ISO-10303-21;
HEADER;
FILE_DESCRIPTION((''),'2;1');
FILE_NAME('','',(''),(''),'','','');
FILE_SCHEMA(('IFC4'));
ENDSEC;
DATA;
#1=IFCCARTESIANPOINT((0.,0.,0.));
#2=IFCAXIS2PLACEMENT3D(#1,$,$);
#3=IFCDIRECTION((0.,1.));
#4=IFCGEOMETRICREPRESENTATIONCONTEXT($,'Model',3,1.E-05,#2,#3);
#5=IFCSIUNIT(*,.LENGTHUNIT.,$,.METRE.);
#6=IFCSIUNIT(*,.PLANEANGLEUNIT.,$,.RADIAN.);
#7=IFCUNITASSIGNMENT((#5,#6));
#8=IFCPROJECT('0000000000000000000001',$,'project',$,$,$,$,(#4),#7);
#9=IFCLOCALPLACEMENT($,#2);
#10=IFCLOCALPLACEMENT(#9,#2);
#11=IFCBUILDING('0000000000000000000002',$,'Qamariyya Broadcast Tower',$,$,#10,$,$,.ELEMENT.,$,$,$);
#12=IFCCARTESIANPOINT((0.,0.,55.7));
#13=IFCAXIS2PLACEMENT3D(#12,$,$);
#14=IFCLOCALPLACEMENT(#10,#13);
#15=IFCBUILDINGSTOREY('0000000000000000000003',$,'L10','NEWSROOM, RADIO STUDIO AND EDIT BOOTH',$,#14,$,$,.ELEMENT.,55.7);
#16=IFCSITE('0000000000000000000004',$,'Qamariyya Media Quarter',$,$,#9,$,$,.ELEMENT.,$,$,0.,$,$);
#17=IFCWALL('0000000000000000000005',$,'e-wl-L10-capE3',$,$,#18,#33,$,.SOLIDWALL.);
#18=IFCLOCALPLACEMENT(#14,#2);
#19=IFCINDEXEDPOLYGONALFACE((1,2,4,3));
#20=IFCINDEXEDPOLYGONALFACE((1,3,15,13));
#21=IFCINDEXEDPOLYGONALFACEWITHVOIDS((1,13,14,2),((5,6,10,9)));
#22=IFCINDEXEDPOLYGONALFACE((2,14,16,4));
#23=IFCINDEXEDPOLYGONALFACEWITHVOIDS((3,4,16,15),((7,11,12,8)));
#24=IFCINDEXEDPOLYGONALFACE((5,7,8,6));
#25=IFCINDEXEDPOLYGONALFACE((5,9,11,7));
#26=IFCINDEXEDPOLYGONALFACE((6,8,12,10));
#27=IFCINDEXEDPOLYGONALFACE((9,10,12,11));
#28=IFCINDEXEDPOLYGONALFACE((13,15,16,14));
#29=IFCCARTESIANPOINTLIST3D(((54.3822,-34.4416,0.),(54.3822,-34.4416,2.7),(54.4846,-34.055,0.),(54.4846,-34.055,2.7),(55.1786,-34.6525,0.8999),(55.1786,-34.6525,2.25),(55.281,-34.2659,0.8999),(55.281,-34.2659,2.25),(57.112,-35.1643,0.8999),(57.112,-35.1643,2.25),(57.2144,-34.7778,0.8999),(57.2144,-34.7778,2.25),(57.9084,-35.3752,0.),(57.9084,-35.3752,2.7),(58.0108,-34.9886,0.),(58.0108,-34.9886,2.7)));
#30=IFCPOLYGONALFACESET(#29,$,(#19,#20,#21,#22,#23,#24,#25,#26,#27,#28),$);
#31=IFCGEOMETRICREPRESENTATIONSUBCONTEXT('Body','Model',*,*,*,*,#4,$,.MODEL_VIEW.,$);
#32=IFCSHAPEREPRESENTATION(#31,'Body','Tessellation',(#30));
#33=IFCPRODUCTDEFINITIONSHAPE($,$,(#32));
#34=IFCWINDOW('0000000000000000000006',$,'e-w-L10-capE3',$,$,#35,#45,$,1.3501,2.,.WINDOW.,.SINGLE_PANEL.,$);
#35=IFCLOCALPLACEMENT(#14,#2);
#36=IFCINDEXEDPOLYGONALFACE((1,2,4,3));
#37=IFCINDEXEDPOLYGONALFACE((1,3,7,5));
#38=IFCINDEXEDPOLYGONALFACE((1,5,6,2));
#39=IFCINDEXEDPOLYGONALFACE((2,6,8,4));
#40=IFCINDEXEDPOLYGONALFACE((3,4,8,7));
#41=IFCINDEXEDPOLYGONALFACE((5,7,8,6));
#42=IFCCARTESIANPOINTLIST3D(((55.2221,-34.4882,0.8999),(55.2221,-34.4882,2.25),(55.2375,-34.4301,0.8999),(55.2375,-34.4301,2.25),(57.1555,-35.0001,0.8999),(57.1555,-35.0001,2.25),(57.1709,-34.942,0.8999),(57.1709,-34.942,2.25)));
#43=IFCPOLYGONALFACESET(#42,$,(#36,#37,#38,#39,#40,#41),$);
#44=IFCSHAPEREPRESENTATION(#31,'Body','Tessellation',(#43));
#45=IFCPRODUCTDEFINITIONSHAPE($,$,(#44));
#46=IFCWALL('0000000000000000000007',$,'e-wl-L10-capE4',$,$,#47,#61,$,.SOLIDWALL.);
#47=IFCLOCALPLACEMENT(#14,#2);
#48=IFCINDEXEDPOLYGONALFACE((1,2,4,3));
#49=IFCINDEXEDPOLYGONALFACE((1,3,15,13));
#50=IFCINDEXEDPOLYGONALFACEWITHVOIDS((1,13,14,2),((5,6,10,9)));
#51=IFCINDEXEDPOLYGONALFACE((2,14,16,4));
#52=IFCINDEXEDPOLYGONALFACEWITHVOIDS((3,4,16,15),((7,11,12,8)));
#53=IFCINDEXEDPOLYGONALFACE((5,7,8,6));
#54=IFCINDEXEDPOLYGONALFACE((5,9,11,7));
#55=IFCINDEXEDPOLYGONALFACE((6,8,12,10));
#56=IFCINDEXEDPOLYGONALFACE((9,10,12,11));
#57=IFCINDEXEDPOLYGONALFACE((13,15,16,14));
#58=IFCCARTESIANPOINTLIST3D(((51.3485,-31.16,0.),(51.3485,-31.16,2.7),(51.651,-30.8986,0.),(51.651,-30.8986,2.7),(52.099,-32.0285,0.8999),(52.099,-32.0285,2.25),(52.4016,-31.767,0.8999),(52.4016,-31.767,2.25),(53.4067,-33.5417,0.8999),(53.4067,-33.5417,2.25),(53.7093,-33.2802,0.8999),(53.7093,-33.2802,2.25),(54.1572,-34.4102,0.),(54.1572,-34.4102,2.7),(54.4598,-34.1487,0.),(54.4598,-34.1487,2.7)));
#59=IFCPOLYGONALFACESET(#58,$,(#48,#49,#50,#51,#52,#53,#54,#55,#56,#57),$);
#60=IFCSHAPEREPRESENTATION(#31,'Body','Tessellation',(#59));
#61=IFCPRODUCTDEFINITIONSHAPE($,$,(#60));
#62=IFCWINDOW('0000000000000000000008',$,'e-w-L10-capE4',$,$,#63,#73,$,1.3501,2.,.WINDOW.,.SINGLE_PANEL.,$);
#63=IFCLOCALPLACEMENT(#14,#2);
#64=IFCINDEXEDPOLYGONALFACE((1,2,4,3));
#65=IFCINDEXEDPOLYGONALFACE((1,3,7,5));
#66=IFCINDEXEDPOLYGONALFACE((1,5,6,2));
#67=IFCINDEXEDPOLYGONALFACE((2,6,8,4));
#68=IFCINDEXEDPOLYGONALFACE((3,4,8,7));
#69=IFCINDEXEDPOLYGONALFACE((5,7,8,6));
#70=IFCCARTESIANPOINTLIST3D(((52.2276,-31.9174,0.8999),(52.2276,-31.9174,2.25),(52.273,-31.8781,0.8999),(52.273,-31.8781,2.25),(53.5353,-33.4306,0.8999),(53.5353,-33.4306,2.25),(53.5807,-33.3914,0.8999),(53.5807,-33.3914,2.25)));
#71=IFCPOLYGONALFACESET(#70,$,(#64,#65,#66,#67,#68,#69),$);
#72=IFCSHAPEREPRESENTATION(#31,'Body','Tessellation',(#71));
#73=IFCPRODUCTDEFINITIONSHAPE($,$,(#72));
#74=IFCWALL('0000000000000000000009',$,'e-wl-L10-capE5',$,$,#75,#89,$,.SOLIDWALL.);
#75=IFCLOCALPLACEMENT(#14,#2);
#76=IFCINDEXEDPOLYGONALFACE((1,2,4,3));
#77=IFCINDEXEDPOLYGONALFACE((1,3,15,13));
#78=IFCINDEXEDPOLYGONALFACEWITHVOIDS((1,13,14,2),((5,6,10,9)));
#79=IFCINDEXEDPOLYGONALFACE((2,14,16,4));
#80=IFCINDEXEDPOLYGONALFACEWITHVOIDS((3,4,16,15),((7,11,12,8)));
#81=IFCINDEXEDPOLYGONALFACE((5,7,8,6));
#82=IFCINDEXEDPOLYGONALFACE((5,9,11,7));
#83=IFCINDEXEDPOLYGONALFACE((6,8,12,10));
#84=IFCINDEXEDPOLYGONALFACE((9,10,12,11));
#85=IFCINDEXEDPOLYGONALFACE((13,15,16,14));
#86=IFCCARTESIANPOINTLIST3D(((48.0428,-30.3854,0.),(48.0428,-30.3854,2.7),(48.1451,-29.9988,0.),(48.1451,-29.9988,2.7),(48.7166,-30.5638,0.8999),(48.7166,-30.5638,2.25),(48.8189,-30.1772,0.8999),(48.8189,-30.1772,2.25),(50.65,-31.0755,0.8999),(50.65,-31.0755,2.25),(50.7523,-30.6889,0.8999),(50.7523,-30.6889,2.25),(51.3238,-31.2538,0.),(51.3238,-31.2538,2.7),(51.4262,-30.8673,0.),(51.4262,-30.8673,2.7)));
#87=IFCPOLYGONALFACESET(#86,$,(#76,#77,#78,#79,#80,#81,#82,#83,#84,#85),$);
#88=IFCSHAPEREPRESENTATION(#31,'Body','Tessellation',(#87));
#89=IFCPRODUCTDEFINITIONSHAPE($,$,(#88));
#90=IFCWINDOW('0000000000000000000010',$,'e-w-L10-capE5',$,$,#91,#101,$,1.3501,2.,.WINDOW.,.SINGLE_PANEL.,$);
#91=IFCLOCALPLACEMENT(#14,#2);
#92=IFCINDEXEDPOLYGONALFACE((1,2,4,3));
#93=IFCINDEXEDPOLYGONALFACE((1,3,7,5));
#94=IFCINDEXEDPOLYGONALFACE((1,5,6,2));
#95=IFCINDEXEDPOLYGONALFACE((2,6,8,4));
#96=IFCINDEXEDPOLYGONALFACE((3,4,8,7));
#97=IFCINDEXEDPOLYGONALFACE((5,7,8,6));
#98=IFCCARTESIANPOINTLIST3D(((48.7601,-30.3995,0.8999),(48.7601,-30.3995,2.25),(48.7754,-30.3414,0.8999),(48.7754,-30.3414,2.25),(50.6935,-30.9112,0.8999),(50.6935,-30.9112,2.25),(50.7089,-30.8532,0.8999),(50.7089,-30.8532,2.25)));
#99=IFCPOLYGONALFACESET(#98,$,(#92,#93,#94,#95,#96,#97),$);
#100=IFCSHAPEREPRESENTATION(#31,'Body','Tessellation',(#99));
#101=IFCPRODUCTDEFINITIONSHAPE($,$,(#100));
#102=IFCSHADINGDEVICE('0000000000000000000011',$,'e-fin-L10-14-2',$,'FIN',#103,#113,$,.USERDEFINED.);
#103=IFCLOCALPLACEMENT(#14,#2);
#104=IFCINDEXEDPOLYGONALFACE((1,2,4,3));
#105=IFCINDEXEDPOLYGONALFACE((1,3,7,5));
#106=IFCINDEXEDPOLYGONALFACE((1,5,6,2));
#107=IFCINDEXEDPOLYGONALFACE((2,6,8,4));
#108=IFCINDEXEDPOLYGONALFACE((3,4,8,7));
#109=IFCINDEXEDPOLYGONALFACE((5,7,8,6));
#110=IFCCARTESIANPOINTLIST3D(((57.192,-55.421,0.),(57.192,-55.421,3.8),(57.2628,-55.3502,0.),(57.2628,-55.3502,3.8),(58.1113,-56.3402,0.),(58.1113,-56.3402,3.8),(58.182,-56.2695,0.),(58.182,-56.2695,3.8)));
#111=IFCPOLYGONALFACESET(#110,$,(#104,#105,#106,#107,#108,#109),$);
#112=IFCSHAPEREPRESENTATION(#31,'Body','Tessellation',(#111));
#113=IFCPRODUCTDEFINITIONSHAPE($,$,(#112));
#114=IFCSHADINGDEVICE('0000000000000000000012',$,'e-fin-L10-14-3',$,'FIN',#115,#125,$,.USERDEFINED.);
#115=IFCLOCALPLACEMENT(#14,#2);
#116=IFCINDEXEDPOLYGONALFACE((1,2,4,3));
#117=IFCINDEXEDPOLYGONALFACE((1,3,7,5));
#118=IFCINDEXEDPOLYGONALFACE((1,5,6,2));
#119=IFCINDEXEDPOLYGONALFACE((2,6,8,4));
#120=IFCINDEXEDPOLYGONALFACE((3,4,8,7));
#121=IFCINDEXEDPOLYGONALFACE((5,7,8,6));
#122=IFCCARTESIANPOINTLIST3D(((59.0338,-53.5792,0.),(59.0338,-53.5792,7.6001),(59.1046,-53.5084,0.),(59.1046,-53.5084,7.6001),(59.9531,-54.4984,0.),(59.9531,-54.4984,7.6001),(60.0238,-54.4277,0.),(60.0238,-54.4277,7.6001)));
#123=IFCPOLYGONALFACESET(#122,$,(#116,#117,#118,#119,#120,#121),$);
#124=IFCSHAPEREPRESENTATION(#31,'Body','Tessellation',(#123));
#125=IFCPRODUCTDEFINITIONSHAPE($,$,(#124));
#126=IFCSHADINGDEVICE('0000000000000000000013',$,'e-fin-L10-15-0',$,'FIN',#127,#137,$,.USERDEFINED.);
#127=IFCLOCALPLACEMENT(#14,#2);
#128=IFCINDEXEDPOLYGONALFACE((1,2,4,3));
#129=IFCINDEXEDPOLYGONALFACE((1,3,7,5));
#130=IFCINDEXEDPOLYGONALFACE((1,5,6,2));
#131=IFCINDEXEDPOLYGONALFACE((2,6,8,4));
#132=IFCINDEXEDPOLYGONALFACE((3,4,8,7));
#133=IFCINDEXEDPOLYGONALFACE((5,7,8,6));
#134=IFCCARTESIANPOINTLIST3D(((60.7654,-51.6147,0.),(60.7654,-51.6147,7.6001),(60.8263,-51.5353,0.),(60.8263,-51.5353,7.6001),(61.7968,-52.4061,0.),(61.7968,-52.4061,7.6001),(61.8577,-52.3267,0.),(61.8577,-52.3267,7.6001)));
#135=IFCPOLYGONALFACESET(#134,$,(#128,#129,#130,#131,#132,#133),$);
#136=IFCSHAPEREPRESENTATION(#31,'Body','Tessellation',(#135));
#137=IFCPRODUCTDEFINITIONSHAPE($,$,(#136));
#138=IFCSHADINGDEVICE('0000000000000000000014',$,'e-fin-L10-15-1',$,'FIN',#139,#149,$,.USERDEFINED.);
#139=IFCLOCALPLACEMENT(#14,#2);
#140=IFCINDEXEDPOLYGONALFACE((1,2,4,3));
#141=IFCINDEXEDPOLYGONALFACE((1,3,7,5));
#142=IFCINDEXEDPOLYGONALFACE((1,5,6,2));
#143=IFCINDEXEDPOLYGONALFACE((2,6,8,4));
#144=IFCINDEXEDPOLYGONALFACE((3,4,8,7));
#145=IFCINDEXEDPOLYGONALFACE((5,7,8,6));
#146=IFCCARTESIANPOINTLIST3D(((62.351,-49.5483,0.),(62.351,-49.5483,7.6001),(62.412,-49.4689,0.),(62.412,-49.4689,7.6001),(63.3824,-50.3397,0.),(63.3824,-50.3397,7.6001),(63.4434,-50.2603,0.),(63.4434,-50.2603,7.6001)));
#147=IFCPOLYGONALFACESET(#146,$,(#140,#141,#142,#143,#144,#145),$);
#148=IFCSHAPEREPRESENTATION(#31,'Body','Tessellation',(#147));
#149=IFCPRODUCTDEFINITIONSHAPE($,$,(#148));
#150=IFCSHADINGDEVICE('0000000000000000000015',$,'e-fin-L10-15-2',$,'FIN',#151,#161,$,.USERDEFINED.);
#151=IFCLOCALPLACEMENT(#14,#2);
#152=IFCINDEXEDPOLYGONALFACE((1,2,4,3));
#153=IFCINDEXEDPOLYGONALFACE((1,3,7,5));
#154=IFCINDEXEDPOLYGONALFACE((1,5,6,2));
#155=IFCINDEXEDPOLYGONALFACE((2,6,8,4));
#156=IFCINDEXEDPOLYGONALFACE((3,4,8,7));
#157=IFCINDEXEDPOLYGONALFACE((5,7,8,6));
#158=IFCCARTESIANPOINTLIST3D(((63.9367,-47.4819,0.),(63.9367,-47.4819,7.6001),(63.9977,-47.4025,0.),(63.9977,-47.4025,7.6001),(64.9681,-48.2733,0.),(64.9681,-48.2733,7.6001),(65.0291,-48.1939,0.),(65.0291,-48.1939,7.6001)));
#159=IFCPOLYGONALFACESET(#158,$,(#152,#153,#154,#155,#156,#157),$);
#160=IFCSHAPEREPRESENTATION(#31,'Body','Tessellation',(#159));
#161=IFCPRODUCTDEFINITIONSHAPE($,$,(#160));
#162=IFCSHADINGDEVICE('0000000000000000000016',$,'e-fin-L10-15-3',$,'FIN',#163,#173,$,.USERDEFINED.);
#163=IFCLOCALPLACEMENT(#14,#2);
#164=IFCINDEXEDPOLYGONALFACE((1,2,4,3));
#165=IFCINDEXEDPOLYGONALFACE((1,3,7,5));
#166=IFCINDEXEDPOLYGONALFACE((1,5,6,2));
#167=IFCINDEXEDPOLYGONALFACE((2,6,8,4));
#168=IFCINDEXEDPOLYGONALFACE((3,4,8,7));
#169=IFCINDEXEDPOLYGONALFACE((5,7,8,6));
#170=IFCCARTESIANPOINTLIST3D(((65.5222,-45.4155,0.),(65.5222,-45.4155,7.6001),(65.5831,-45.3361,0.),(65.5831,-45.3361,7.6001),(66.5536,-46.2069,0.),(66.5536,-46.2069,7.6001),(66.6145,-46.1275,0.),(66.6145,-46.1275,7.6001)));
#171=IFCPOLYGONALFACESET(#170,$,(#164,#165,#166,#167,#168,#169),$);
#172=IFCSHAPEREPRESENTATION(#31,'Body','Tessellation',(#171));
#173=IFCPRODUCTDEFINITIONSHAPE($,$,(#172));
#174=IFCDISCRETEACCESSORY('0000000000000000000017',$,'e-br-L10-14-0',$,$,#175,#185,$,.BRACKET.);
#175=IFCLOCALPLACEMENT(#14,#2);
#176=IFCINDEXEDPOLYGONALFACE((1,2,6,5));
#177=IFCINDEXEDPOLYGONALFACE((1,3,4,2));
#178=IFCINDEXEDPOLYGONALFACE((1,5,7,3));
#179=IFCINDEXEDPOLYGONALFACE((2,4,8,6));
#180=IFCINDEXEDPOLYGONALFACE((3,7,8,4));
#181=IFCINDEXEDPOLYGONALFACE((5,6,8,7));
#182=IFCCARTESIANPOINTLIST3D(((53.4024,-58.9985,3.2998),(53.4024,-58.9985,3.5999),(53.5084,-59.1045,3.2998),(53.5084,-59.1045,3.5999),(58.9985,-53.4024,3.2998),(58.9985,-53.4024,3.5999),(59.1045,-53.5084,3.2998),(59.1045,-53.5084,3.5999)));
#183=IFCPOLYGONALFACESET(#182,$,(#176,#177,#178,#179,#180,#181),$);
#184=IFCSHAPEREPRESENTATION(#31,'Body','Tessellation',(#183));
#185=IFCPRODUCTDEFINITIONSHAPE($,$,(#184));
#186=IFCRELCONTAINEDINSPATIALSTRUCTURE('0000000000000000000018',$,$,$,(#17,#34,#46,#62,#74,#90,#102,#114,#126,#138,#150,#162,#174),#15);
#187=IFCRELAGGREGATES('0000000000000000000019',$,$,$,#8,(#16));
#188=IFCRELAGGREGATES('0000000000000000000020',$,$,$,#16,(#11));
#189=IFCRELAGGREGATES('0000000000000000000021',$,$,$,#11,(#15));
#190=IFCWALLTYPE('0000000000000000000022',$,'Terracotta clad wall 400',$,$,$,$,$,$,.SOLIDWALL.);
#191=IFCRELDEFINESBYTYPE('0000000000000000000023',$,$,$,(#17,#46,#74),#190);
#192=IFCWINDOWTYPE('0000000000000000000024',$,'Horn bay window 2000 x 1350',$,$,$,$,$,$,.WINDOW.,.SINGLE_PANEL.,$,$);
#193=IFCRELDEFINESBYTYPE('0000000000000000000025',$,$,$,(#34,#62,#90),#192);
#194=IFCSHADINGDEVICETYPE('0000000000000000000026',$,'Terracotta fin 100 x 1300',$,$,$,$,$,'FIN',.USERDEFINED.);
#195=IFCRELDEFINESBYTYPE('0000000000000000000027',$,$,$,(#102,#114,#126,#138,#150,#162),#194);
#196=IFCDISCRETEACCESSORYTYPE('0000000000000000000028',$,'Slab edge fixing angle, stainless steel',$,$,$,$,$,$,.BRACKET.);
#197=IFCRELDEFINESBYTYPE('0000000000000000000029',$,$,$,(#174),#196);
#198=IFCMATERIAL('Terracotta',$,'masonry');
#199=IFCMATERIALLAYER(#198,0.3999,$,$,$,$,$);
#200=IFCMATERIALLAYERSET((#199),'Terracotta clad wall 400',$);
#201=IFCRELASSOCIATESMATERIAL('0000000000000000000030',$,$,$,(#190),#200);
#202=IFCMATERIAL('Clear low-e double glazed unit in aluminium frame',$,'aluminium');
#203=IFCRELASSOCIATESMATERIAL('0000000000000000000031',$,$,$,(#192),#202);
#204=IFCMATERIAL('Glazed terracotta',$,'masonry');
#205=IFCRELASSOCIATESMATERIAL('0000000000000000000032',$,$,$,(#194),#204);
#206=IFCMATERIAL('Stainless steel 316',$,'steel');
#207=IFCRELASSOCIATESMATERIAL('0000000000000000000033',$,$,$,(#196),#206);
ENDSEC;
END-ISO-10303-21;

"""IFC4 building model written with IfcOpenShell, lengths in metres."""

from ifc_helpers import new_model, si_unit, direction, frame, frame_2d, origin, origin_2d, place, context, subcontext, project, spatial, rectangle, extrude, material, layer, layer_set, material_profile, profile_set, type_object, element, fill, save


model = new_model("IFC4")

# Units and contexts
model_context = context("Model", 3, precision=1e-05, world=origin(), true_north=direction((0.0, 1.0)))
body_context = subcontext(model_context, "Body", "Model", "MODEL_VIEW")
ifc_project = project(units=[si_unit("LENGTHUNIT", "METRE"), si_unit("PLANEANGLEUNIT", "RADIAN")], contexts=[model_context])

# Site, building, storey
site_placement = place(None, origin())
site = spatial("IfcSite", under=ifc_project, at=site_placement, Name="Qamariyya Media Quarter", CompositionType="ELEMENT", RefElevation=0.0)
building_placement = place(site_placement, origin())
building = spatial("IfcBuilding", under=site, at=building_placement, Name="Qamariyya Broadcast Tower", CompositionType="ELEMENT")
storey_placement = place(building_placement, frame((0.0, 0.0, 55.7)))
storey = spatial("IfcBuildingStorey", under=building, at=storey_placement, Name="L10", Description="NEWSROOM, RADIO STUDIO AND EDIT BOOTH", CompositionType="ELEMENT", Elevation=55.7)

# Walls, openings, windows
ifc_material_1 = material(Name="Terracotta", Category="masonry")
ifc_layer = layer(ifc_material_1, 0.3999)
ifc_layer_set = layer_set([ifc_layer], Name="Terracotta clad wall 400")
wall_type = type_object("IfcWallType", Name="Terracotta clad wall 400", PredefinedType="SOLIDWALL", material=ifc_layer_set)
ifc_material_2 = material(Name="Clear low-e double glazed unit in aluminium frame", Category="aluminium")
window_type = type_object("IfcWindowType", Name="Horn bay window 2000 x 1350", PartitioningType="SINGLE_PANEL", PredefinedType="WINDOW", material=ifc_material_2)
wall_1_placement = place(storey_placement, frame((57.9595, -35.1819, 0.0), z_axis=(0.0, 0.0, 1.0), x_axis=(-0.966691, 0.255946, 0.0)))
wall_1 = element("IfcWall", 1, at=wall_1_placement, inside=storey, type_object=wall_type, Name="e-wl-L10-capE3", PredefinedType="SOLIDWALL", context=body_context, shape_type="SweptSolid", body=[
    extrude(rectangle(XDim=3.6477, YDim=0.3999, at=frame_2d((1.8237, 0.0))), origin(), (0.0, 0.0, 1.0), 2.7),
])
opening_1_placement = place(wall_1_placement, frame((0.8237, 0.0, 0.8999)))
opening_1 = element("IfcOpeningElement", 2, at=opening_1_placement, cuts=wall_1, PredefinedType="OPENING", context=body_context, shape_type="SweptSolid", body=[
    extrude(rectangle(XDim=2.0, YDim=1.3501, at=frame_2d((1.0, 0.675))), frame((0.0, 0.21, 0.0), z_axis=(0.0, -1.0, 0.0), x_axis=(1.0, 0.0, 0.0)), (0.0, 0.0, 1.0), 0.4199),
])
window_1_placement = place(opening_1_placement, origin())
window_1 = element("IfcWindow", 3, at=window_1_placement, inside=storey, type_object=window_type, Name="e-w-L10-capE3", OverallHeight=1.3501, OverallWidth=2.0, PartitioningType="SINGLE_PANEL", PredefinedType="WINDOW", context=body_context, shape_type="SweptSolid", body=[
    extrude(rectangle(XDim=2.0, YDim=1.3501, at=frame_2d((1.0, 0.675))), frame((0.0, 0.03, 0.0), z_axis=(0.0, -1.0, 0.0), x_axis=(1.0, 0.0, 0.0)), (0.0, 0.0, 1.0), 0.0601),
])
fill(opening_1, window_1)
wall_2_placement = place(storey_placement, frame((54.3086, -34.2795, 0.0), z_axis=(0.0, 0.0, 1.0), x_axis=(-0.653861, 0.756615, 0.0)))
wall_2 = element("IfcWall", 4, at=wall_2_placement, inside=storey, type_object=wall_type, Name="e-wl-L10-capE4", PredefinedType="SOLIDWALL", context=body_context, shape_type="SweptSolid", body=[
    extrude(rectangle(XDim=4.2957, YDim=0.3999, at=frame_2d((2.1479, 0.0))), origin(), (0.0, 0.0, 1.0), 2.7),
])
opening_2_placement = place(wall_2_placement, frame((1.1479, 0.0, 0.8999)))
opening_2 = element("IfcOpeningElement", 5, at=opening_2_placement, cuts=wall_2, PredefinedType="OPENING", context=body_context, shape_type="SweptSolid", body=[
    extrude(rectangle(XDim=2.0, YDim=1.3501, at=frame_2d((1.0, 0.675))), frame((0.0, 0.21, 0.0), z_axis=(0.0, -1.0, 0.0), x_axis=(1.0, 0.0, 0.0)), (0.0, 0.0, 1.0), 0.4199),
])
window_2_placement = place(opening_2_placement, origin())
window_2 = element("IfcWindow", 6, at=window_2_placement, inside=storey, type_object=window_type, Name="e-w-L10-capE4", OverallHeight=1.3501, OverallWidth=2.0, PartitioningType="SINGLE_PANEL", PredefinedType="WINDOW", context=body_context, shape_type="SweptSolid", body=[
    extrude(rectangle(XDim=2.0, YDim=1.3501, at=frame_2d((1.0, 0.675))), frame((0.0, 0.03, 0.0), z_axis=(0.0, -1.0, 0.0), x_axis=(1.0, 0.0, 0.0)), (0.0, 0.0, 1.0), 0.0601),
])
fill(opening_2, window_2)
wall_3_placement = place(storey_placement, frame((51.375, -31.0605, 0.0), z_axis=(0.0, 0.0, 1.0), x_axis=(-0.966712, 0.255867, 0.0)))
wall_3 = element("IfcWall", 7, at=wall_3_placement, inside=storey, type_object=wall_type, Name="e-wl-L10-capE5", PredefinedType="SOLIDWALL", context=body_context, shape_type="SweptSolid", body=[
    extrude(rectangle(XDim=3.394, YDim=0.3999, at=frame_2d((1.697, 0.0))), origin(), (0.0, 0.0, 1.0), 2.7),
])
opening_3_placement = place(wall_3_placement, frame((0.697, 0.0, 0.8999)))
opening_3 = element("IfcOpeningElement", 8, at=opening_3_placement, cuts=wall_3, PredefinedType="OPENING", context=body_context, shape_type="SweptSolid", body=[
    extrude(rectangle(XDim=2.0, YDim=1.3501, at=frame_2d((1.0, 0.675))), frame((0.0, 0.21, 0.0), z_axis=(0.0, -1.0, 0.0), x_axis=(1.0, 0.0, 0.0)), (0.0, 0.0, 1.0), 0.4199),
])
window_3_placement = place(opening_3_placement, origin())
window_3 = element("IfcWindow", 9, at=window_3_placement, inside=storey, type_object=window_type, Name="e-w-L10-capE5", OverallHeight=1.3501, OverallWidth=2.0, PartitioningType="SINGLE_PANEL", PredefinedType="WINDOW", context=body_context, shape_type="SweptSolid", body=[
    extrude(rectangle(XDim=2.0, YDim=1.3501, at=frame_2d((1.0, 0.675))), frame((0.0, 0.03, 0.0), z_axis=(0.0, -1.0, 0.0), x_axis=(1.0, 0.0, 0.0)), (0.0, 0.0, 1.0), 0.0601),
])
fill(opening_3, window_3)

# Shading devices
ifc_material_3 = material(Name="Glazed terracotta", Category="masonry")
ifc_material_profile_1 = material_profile(ifc_material_3, rectangle(XDim=1.3, YDim=0.1001, at=origin_2d()))
ifc_profile_set_1 = profile_set([ifc_material_profile_1], Name="Glazed terracotta")
shading_device_type_1 = type_object("IfcShadingDeviceType", Name="Terracotta fin 100 x 1300", ElementType="FIN", PredefinedType="USERDEFINED", material=ifc_profile_set_1)
shading_device_1_placement = place(storey_placement, frame((57.687, -55.8452, 0.0), z_axis=(0.0, 0.0, 1.0), x_axis=(0.707107, -0.707107, 0.0)))
element("IfcShadingDevice", 10, at=shading_device_1_placement, inside=storey, type_object=shading_device_type_1, Name="e-fin-L10-14-2", ObjectType="FIN", PredefinedType="USERDEFINED", context=body_context, shape_type="SweptSolid", body=[
    extrude(rectangle(XDim=1.3, YDim=0.1001, at=origin_2d()), origin(), (0.0, 0.0, 1.0), 3.8),
])
for number, where, z_axis, x_axis, name in (
    (11, (59.5288, -54.0034, 0.0), (0.0, 0.0, 1.0), (0.707107, -0.707107, 0.0), "e-fin-L10-14-3"),
    (12, (61.3115, -51.9707, 0.0), (0.0, 0.0, 1.0), (0.793353, -0.608761, 0.0), "e-fin-L10-15-0"),
    (13, (62.8972, -49.9043, 0.0), (0.0, 0.0, 1.0), (0.793353, -0.608761, 0.0), "e-fin-L10-15-1"),
    (14, (64.4829, -47.8379, 0.0), (0.0, 0.0, 1.0), (0.793353, -0.608761, 0.0), "e-fin-L10-15-2"),
    (15, (66.0684, -45.7715, 0.0), (0.0, 0.0, 1.0), (0.793353, -0.608761, 0.0), "e-fin-L10-15-3"),
):
    element("IfcShadingDevice", number, at=place(storey_placement, frame(where, z_axis=z_axis, x_axis=x_axis)), inside=storey, type_object=shading_device_type_1, Name=name, ObjectType="FIN", PredefinedType="USERDEFINED", context=body_context, shape_type="SweptSolid", body=[
        extrude(rectangle(XDim=1.3, YDim=0.1001, at=origin_2d()), origin(), (0.0, 0.0, 1.0), 7.6001),
    ])

# Discrete accessory
ifc_material_4 = material(Name="Stainless steel 316", Category="steel")
discrete_accessory_type = type_object("IfcDiscreteAccessoryType", Name="Slab edge fixing angle, stainless steel", PredefinedType="BRACKET", material=ifc_material_4)
for number, where, z_axis, x_axis, name in (
    (16, (56.2534, -56.2534, 3.2998), (0.0, 0.0, 1.0), (0.707107, 0.707107, 0.0), "e-br-L10-14-0"),
):
    element("IfcDiscreteAccessory", number, at=place(storey_placement, frame(where, z_axis=z_axis, x_axis=x_axis)), inside=storey, type_object=discrete_accessory_type, Name=name, PredefinedType="BRACKET", context=body_context, shape_type="SweptSolid", body=[
        extrude(rectangle(XDim=7.9141, YDim=0.1499, at=origin_2d()), origin(), (0.0, 0.0, 1.0), 0.3),
    ])

save(model, "model.ifc")
